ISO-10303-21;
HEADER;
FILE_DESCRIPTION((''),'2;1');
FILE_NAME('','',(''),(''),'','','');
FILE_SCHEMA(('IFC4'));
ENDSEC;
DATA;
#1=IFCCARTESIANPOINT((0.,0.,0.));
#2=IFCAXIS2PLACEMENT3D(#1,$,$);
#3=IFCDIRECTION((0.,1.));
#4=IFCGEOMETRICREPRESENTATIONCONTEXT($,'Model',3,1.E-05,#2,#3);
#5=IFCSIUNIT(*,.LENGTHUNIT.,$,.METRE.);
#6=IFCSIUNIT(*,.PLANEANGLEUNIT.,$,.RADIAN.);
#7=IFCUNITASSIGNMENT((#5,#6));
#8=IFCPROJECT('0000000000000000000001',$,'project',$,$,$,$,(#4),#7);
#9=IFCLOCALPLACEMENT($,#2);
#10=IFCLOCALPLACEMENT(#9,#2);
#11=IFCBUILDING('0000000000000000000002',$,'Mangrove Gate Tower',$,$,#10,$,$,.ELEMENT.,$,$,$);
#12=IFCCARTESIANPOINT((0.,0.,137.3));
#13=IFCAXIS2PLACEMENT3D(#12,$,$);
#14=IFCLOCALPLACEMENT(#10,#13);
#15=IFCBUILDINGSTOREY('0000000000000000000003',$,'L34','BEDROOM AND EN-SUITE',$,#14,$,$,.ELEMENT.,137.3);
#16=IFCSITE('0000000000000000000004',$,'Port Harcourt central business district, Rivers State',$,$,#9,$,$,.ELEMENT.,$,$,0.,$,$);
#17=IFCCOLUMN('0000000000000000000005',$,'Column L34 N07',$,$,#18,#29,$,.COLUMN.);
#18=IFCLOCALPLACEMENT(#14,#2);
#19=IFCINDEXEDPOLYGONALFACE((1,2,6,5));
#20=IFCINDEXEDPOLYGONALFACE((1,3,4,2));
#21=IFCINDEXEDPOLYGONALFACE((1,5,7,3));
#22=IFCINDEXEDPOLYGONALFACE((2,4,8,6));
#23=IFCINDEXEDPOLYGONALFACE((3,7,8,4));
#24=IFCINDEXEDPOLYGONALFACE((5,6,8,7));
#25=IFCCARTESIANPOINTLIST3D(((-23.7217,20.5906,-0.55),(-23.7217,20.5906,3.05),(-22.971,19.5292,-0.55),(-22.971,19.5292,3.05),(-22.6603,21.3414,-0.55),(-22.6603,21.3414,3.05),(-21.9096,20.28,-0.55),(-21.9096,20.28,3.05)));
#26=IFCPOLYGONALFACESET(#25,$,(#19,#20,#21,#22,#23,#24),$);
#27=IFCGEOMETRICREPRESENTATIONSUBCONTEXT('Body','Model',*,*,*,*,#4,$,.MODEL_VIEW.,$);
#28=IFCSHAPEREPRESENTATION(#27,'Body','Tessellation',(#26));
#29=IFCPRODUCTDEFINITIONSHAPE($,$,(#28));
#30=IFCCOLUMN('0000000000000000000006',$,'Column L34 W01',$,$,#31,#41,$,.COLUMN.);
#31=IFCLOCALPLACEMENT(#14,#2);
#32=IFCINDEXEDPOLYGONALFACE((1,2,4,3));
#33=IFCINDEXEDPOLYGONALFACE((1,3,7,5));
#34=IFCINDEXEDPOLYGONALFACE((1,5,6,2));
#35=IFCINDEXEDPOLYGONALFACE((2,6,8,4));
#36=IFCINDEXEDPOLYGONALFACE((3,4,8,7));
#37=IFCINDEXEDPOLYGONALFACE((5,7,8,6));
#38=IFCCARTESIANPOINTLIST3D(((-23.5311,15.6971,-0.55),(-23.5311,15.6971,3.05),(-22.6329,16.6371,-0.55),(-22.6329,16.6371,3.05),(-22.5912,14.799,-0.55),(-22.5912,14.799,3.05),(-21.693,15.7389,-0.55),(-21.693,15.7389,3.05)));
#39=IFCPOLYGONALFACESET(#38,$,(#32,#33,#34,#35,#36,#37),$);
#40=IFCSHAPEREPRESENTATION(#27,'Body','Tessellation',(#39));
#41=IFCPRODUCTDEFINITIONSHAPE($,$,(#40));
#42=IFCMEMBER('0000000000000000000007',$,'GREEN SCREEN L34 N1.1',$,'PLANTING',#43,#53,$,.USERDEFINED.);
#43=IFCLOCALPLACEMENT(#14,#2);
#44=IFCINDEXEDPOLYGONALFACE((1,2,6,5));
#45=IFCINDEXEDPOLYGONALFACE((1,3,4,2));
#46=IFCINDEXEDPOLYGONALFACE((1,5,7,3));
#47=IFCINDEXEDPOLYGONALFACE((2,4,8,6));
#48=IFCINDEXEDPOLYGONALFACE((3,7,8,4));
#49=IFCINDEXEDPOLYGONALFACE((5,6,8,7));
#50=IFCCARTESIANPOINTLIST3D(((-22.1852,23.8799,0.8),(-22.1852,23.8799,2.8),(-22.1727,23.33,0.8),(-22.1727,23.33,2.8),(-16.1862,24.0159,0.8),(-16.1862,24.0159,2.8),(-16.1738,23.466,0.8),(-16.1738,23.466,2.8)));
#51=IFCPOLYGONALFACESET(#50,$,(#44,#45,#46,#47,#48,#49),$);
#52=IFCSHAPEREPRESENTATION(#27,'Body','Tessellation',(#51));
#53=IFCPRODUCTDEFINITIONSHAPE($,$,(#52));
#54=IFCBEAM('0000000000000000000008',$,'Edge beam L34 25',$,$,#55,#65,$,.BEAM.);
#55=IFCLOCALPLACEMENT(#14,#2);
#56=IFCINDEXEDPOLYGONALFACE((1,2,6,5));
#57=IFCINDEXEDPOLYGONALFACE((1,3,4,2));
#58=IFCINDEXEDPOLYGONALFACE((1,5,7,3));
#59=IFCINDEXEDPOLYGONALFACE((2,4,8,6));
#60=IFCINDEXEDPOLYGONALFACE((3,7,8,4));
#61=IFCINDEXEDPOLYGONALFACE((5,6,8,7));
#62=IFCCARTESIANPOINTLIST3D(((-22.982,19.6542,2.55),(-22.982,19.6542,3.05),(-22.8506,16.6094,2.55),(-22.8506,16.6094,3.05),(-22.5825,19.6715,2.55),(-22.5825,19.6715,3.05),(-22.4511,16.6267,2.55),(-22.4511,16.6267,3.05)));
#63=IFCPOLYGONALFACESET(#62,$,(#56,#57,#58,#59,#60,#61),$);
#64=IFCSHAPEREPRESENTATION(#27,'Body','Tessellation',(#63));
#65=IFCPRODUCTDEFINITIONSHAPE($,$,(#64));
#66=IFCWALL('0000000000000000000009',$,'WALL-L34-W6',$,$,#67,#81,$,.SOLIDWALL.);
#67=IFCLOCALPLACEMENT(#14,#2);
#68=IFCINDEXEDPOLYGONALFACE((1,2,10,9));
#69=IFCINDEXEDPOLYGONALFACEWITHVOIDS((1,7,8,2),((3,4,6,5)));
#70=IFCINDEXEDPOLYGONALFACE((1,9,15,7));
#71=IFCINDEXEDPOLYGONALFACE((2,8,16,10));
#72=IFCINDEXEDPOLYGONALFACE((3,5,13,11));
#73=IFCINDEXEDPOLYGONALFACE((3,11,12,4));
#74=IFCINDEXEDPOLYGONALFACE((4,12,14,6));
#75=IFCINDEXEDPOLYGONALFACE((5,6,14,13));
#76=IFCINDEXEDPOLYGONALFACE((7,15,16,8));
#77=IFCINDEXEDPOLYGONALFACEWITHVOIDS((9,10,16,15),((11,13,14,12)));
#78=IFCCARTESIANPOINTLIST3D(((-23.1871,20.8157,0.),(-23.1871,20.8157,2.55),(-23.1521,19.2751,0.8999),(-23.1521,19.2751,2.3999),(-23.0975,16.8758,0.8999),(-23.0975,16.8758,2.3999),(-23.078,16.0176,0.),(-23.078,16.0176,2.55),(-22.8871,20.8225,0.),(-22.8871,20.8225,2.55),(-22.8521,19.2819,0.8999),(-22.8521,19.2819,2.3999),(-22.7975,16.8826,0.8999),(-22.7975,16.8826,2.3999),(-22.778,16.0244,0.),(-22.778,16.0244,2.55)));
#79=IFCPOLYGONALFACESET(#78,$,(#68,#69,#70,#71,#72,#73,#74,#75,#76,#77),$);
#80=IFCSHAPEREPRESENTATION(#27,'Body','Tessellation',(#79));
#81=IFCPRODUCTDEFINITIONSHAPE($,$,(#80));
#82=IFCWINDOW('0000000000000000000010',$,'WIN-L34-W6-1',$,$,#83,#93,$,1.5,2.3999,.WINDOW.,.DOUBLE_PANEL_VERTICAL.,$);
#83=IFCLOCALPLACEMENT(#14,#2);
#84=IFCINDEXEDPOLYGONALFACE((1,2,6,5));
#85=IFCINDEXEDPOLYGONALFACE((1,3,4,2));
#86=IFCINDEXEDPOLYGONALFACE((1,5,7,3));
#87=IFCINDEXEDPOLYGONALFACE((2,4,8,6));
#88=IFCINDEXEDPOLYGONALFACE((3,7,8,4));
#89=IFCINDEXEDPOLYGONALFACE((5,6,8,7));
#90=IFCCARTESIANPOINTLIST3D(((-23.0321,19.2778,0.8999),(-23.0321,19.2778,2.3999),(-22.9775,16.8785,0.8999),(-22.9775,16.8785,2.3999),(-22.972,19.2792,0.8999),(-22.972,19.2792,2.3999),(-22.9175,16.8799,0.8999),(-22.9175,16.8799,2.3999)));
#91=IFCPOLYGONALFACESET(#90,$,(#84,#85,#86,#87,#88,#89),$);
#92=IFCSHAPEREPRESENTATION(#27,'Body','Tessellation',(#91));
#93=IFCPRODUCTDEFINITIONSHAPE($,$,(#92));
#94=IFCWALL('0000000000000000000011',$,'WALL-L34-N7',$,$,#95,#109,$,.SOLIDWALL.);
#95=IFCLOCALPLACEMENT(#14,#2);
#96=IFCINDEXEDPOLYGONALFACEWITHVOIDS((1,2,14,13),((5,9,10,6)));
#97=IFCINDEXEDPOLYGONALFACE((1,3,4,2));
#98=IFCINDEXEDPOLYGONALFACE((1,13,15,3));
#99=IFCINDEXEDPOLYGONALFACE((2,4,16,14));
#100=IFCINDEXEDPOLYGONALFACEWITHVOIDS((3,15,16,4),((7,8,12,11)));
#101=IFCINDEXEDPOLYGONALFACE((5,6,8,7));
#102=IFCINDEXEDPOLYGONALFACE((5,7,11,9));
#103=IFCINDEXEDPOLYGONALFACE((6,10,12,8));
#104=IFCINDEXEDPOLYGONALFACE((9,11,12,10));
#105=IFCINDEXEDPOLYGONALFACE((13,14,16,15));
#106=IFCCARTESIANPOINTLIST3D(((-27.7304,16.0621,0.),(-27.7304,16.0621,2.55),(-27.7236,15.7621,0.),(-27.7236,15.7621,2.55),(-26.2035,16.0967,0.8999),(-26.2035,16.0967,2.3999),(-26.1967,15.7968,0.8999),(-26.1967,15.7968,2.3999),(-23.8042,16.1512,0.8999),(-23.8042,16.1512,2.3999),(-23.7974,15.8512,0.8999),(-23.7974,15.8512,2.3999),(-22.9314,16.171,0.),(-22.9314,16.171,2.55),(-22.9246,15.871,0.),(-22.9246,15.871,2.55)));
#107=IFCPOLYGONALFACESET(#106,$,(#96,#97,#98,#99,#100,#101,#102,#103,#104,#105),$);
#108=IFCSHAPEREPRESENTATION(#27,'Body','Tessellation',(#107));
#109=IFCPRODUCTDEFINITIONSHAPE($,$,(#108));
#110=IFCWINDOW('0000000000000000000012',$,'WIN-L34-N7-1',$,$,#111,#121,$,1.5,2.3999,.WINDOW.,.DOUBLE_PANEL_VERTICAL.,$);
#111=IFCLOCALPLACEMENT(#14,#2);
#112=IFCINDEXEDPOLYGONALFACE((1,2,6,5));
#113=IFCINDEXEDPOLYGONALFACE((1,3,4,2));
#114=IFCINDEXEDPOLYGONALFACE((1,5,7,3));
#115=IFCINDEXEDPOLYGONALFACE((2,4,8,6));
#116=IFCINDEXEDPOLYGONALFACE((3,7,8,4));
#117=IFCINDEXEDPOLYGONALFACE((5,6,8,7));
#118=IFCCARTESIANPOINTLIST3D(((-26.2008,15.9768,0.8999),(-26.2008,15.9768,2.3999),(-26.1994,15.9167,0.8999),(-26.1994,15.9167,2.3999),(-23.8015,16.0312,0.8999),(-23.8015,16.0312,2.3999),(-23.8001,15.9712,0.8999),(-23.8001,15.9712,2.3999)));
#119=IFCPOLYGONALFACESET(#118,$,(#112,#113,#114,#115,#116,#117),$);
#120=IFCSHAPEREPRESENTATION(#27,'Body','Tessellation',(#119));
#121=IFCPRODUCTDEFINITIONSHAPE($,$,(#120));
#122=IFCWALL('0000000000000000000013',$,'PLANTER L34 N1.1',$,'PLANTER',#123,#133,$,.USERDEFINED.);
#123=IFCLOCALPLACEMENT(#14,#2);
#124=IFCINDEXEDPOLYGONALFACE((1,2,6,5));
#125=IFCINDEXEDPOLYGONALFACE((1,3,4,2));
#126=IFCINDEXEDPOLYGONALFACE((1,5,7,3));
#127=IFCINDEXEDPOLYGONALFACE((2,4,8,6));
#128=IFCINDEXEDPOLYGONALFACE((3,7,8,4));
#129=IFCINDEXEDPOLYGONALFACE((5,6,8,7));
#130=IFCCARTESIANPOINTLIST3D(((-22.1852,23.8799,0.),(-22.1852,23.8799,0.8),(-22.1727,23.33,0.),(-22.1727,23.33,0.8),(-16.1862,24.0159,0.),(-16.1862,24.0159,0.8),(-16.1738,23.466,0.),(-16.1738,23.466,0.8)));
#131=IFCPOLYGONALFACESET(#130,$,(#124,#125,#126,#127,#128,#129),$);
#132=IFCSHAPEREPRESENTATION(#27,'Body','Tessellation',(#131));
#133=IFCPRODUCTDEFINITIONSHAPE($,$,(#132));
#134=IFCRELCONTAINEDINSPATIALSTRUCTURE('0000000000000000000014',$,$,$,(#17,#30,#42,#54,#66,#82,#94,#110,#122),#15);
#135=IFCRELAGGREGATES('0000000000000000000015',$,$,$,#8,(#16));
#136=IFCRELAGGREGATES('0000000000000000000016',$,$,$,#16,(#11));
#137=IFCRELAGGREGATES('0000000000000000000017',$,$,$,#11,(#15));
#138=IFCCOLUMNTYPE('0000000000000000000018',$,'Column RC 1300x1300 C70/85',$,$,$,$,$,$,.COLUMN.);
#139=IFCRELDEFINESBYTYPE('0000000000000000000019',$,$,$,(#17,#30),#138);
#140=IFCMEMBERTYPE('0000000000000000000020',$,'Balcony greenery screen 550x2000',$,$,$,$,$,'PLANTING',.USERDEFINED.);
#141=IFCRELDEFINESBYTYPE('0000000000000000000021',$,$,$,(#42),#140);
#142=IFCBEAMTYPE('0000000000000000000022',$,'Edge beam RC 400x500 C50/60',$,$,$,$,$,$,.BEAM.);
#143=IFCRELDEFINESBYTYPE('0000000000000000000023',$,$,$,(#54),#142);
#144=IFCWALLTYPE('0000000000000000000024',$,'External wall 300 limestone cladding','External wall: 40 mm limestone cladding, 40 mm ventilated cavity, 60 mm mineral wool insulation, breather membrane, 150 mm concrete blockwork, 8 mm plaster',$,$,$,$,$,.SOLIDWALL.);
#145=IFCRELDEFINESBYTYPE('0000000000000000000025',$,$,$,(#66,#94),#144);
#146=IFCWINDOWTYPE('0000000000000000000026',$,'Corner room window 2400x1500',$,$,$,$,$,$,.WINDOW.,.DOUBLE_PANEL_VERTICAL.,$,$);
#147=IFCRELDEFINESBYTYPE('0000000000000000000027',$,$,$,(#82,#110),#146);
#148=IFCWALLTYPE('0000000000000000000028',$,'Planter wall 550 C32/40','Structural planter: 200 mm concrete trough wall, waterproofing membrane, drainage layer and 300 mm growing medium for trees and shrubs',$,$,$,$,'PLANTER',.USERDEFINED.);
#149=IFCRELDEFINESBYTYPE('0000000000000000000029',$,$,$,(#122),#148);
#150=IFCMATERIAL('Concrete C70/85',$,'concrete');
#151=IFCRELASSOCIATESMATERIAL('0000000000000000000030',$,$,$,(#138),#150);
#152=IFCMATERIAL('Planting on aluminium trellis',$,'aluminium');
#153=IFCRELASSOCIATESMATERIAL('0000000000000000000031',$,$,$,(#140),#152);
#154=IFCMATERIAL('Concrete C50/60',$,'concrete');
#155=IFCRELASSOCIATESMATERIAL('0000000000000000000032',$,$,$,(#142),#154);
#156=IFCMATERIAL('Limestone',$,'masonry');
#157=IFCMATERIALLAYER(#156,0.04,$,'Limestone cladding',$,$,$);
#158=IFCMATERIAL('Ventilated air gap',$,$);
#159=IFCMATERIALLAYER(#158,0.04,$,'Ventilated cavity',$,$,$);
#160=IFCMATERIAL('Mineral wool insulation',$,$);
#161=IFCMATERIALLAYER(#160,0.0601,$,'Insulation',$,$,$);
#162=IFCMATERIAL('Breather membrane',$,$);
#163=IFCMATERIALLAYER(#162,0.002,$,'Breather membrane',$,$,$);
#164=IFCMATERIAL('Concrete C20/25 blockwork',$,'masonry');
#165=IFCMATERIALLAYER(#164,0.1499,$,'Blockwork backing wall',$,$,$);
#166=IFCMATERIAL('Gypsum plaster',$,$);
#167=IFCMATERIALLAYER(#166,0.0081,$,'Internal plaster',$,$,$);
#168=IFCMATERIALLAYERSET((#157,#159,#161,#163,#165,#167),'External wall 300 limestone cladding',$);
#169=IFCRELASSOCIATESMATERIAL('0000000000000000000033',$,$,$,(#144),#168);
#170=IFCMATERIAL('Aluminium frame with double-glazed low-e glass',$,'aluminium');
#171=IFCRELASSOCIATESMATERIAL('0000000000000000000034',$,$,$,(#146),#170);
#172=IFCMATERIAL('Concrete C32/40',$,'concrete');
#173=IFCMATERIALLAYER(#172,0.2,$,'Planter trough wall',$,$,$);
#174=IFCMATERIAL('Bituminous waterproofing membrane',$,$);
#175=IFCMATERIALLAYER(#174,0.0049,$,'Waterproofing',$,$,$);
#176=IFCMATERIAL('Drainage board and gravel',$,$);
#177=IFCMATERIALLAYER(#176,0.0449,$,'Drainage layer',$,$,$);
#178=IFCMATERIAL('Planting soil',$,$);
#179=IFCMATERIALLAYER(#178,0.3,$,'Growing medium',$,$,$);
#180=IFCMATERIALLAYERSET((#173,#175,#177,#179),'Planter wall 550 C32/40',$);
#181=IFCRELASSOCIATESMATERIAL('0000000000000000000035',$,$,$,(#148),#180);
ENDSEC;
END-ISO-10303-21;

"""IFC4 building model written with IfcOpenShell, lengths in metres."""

from ifc_helpers import new_model, si_unit, direction, frame, frame_2d, origin, origin_2d, place, context, subcontext, project, spatial, rectangle, extrude, material, layer, layer_set, material_profile, profile_set, type_object, element, fill, save


model = new_model("IFC4")

# Units and contexts
model_context = context("Model", 3, precision=1e-05, world=origin(), true_north=direction((0.0, 1.0)))
body_context = subcontext(model_context, "Body", "Model", "MODEL_VIEW")
ifc_project = project(units=[si_unit("LENGTHUNIT", "METRE"), si_unit("PLANEANGLEUNIT", "RADIAN")], contexts=[model_context])

# Site, building, storey
site_placement = place(None, origin())
site = spatial("IfcSite", under=ifc_project, at=site_placement, Name="Port Harcourt central business district, Rivers State", CompositionType="ELEMENT", RefElevation=0.0)
building_placement = place(site_placement, origin())
building = spatial("IfcBuilding", under=site, at=building_placement, Name="Mangrove Gate Tower", CompositionType="ELEMENT")
storey_placement = place(building_placement, frame((0.0, 0.0, 137.3)))
storey = spatial("IfcBuildingStorey", under=building, at=storey_placement, Name="L34", Description="BEDROOM AND EN-SUITE", CompositionType="ELEMENT", Elevation=137.3)

# Columns
ifc_material_1 = material(Name="Concrete C70/85", Category="concrete")
ifc_material_profile_1 = material_profile(ifc_material_1, rectangle(XDim=1.3, YDim=1.3, at=origin_2d()))
ifc_profile_set_1 = profile_set([ifc_material_profile_1], Name="Concrete C70/85")
column_type = type_object("IfcColumnType", Name="Column RC 1300x1300 C70/85", PredefinedType="COLUMN", material=ifc_profile_set_1)
for number, where, z_axis, x_axis, name in (
    (1, (-22.8157, 20.4353, -0.55), (0.0, 0.0, 1.0), (-0.816422, -0.577455, 0.0), "Column L34 N07"),
    (2, (-22.6121, 15.718, -0.55), (0.0, 0.0, 1.0), (-0.690868, -0.722981, 0.0), "Column L34 W01"),
):
    element("IfcColumn", number, at=place(storey_placement, frame(where, z_axis=z_axis, x_axis=x_axis)), inside=storey, type_object=column_type, Name=name, PredefinedType="COLUMN", context=body_context, shape_type="SweptSolid", body=[
        extrude(rectangle(XDim=1.3, YDim=1.3, at=origin_2d()), origin(), (0.0, 0.0, 1.0), 3.6001),
    ])

# Member
ifc_material_2 = material(Name="Planting on aluminium trellis", Category="aluminium")
ifc_material_profile_2 = material_profile(ifc_material_2, rectangle(XDim=0.55, YDim=2.0, at=origin_2d()))
ifc_profile_set_2 = profile_set([ifc_material_profile_2], Name="Planting on aluminium trellis")
member_type = type_object("IfcMemberType", Name="Balcony greenery screen 550x2000", ElementType="PLANTING", PredefinedType="USERDEFINED", material=ifc_profile_set_2)
member_placement = place(storey_placement, frame((-22.179, 23.605, 1.8), z_axis=(0.999743, 0.022662, 0.0), x_axis=(-0.022662, 0.999743, 0.0)))
element("IfcMember", 3, at=member_placement, inside=storey, type_object=member_type, Name="GREEN SCREEN L34 N1.1", ObjectType="PLANTING", PredefinedType="USERDEFINED", context=body_context, shape_type="SweptSolid", body=[
    extrude(rectangle(XDim=0.55, YDim=2.0, at=origin_2d()), origin(), (0.0, 0.0, 1.0), 6.0005),
])

# Beam
ifc_material_3 = material(Name="Concrete C50/60", Category="concrete")
ifc_material_profile_3 = material_profile(ifc_material_3, rectangle(XDim=0.3999, YDim=0.5, at=origin_2d()))
ifc_profile_set_3 = profile_set([ifc_material_profile_3], Name="Concrete C50/60")
beam_type = type_object("IfcBeamType", Name="Edge beam RC 400x500 C50/60", PredefinedType="BEAM", material=ifc_profile_set_3)
beam_placement = place(storey_placement, frame((-22.7822, 19.6628, 2.8), z_axis=(0.0431, -0.999071, 0.0), x_axis=(0.999071, 0.0431, 0.0)))
element("IfcBeam", 4, at=beam_placement, inside=storey, type_object=beam_type, Name="Edge beam L34 25", PredefinedType="BEAM", context=body_context, shape_type="SweptSolid", body=[
    extrude(rectangle(XDim=0.3999, YDim=0.5, at=origin_2d()), origin(), (0.0, 0.0, 1.0), 3.0476),
])

# Walls, openings, windows
ifc_material_4 = material(Name="Limestone", Category="masonry")
ifc_layer_1 = layer(ifc_material_4, 0.04, Name="Limestone cladding")
ifc_material_5 = material(Name="Ventilated air gap")
ifc_layer_2 = layer(ifc_material_5, 0.04, Name="Ventilated cavity")
ifc_material_6 = material(Name="Mineral wool insulation")
ifc_layer_3 = layer(ifc_material_6, 0.0601, Name="Insulation")
ifc_material_7 = material(Name="Breather membrane")
ifc_layer_4 = layer(ifc_material_7, 0.002, Name="Breather membrane")
ifc_material_8 = material(Name="Concrete C20/25 blockwork", Category="masonry")
ifc_layer_5 = layer(ifc_material_8, 0.1499, Name="Blockwork backing wall")
ifc_material_9 = material(Name="Gypsum plaster")
ifc_layer_6 = layer(ifc_material_9, 0.0081, Name="Internal plaster")
ifc_layer_set_1 = layer_set([ifc_layer_1, ifc_layer_2, ifc_layer_3, ifc_layer_4, ifc_layer_5, ifc_layer_6], Name="External wall 300 limestone cladding")
wall_type_1 = type_object("IfcWallType", Name="External wall 300 limestone cladding", Description="External wall: 40 mm limestone cladding, 40 mm ventilated cavity, 60 mm mineral wool insulation, breather membrane, 150 mm concrete blockwork, 8 mm plaster", PredefinedType="SOLIDWALL", material=ifc_layer_set_1)
wall_1_placement = place(storey_placement, frame((-23.0371, 20.8191, 0.0), z_axis=(0.0, 0.0, 1.0), x_axis=(0.022739, -0.999741, 0.0)))
wall_1 = element("IfcWall", 5, at=wall_1_placement, inside=storey, type_object=wall_type_1, Name="WALL-L34-W6", PredefinedType="SOLIDWALL", context=body_context, shape_type="SweptSolid", body=[
    extrude(rectangle(XDim=4.7993, YDim=0.3, at=frame_2d((2.3997, 0.0))), origin(), (0.0, 0.0, 1.0), 2.55),
])
opening_1_placement = place(wall_1_placement, frame((1.541, 0.0, 0.8999)))
opening_1 = element("IfcOpeningElement", 6, at=opening_1_placement, cuts=wall_1, PredefinedType="OPENING", context=body_context, shape_type="SweptSolid", body=[
    extrude(rectangle(XDim=2.3999, YDim=1.5, at=frame_2d((1.2, 0.75))), frame((0.0, 0.1599, 0.0), z_axis=(0.0, -1.0, 0.0), x_axis=(1.0, 0.0, 0.0)), (0.0, 0.0, 1.0), 0.3201),
])
ifc_material_10 = material(Name="Aluminium frame with double-glazed low-e glass", Category="aluminium")
window_type_1 = type_object("IfcWindowType", Name="Corner room window 2400x1500", PartitioningType="DOUBLE_PANEL_VERTICAL", PredefinedType="WINDOW", material=ifc_material_10)
window_1_placement = place(opening_1_placement, origin())
window_1 = element("IfcWindow", 7, at=window_1_placement, inside=storey, type_object=window_type_1, Name="WIN-L34-W6-1", OverallHeight=1.5, OverallWidth=2.3999, PartitioningType="DOUBLE_PANEL_VERTICAL", PredefinedType="WINDOW", context=body_context, shape_type="SweptSolid", body=[
    extrude(rectangle(XDim=2.3999, YDim=1.5, at=frame_2d((1.2, 0.75))), frame((0.0, 0.03, 0.0), z_axis=(0.0, -1.0, 0.0), x_axis=(1.0, 0.0, 0.0)), (0.0, 0.0, 1.0), 0.0601),
])
fill(opening_1, window_1)
wall_2_placement = place(storey_placement, frame((-22.928, 16.021, 0.0), z_axis=(0.0, 0.0, 1.0), x_axis=(-0.999743, -0.022683, 0.0)))
wall_2 = element("IfcWall", 8, at=wall_2_placement, inside=storey, type_object=wall_type_1, Name="WALL-L34-N7", PredefinedType="SOLIDWALL", context=body_context, shape_type="SweptSolid", body=[
    extrude(rectangle(XDim=4.8003, YDim=0.3, at=frame_2d((2.4001, 0.0))), origin(), (0.0, 0.0, 1.0), 2.55),
])
opening_2_placement = place(wall_2_placement, frame((0.873, 0.0, 0.8999)))
opening_2 = element("IfcOpeningElement", 9, at=opening_2_placement, cuts=wall_2, PredefinedType="OPENING", context=body_context, shape_type="SweptSolid", body=[
    extrude(rectangle(XDim=2.3999, YDim=1.5, at=frame_2d((1.2, 0.75))), frame((0.0, 0.1599, 0.0), z_axis=(0.0, -1.0, 0.0), x_axis=(1.0, 0.0, 0.0)), (0.0, 0.0, 1.0), 0.3201),
])
window_2_placement = place(opening_2_placement, origin())
window_2 = element("IfcWindow", 10, at=window_2_placement, inside=storey, type_object=window_type_1, Name="WIN-L34-N7-1", OverallHeight=1.5, OverallWidth=2.3999, PartitioningType="DOUBLE_PANEL_VERTICAL", PredefinedType="WINDOW", context=body_context, shape_type="SweptSolid", body=[
    extrude(rectangle(XDim=2.3999, YDim=1.5, at=frame_2d((1.2, 0.75))), frame((0.0, 0.03, 0.0), z_axis=(0.0, -1.0, 0.0), x_axis=(1.0, 0.0, 0.0)), (0.0, 0.0, 1.0), 0.0601),
])
fill(opening_2, window_2)

# Wall
ifc_material_11 = material(Name="Concrete C32/40", Category="concrete")
ifc_layer_7 = layer(ifc_material_11, 0.2, Name="Planter trough wall")
ifc_material_12 = material(Name="Bituminous waterproofing membrane")
ifc_layer_8 = layer(ifc_material_12, 0.0049, Name="Waterproofing")
ifc_material_13 = material(Name="Drainage board and gravel")
ifc_layer_9 = layer(ifc_material_13, 0.0449, Name="Drainage layer")
ifc_material_14 = material(Name="Planting soil")
ifc_layer_10 = layer(ifc_material_14, 0.3, Name="Growing medium")
ifc_layer_set_2 = layer_set([ifc_layer_7, ifc_layer_8, ifc_layer_9, ifc_layer_10], Name="Planter wall 550 C32/40")
wall_type_2 = type_object("IfcWallType", Name="Planter wall 550 C32/40", Description="Structural planter: 200 mm concrete trough wall, waterproofing membrane, drainage layer and 300 mm growing medium for trees and shrubs", ElementType="PLANTER", PredefinedType="USERDEFINED", material=ifc_layer_set_2)
wall_3_placement = place(storey_placement, frame((-22.179, 23.605, 0.0), z_axis=(0.0, 0.0, 1.0), x_axis=(0.999743, 0.022662, 0.0)))
element("IfcWall", 11, at=wall_3_placement, inside=storey, type_object=wall_type_2, Name="PLANTER L34 N1.1", ObjectType="PLANTER", PredefinedType="USERDEFINED", context=body_context, shape_type="SweptSolid", body=[
    extrude(rectangle(XDim=6.0005, YDim=0.55, at=frame_2d((3.0002, 0.0))), origin(), (0.0, 0.0, 1.0), 0.8),
])

save(model, "model.ifc")
